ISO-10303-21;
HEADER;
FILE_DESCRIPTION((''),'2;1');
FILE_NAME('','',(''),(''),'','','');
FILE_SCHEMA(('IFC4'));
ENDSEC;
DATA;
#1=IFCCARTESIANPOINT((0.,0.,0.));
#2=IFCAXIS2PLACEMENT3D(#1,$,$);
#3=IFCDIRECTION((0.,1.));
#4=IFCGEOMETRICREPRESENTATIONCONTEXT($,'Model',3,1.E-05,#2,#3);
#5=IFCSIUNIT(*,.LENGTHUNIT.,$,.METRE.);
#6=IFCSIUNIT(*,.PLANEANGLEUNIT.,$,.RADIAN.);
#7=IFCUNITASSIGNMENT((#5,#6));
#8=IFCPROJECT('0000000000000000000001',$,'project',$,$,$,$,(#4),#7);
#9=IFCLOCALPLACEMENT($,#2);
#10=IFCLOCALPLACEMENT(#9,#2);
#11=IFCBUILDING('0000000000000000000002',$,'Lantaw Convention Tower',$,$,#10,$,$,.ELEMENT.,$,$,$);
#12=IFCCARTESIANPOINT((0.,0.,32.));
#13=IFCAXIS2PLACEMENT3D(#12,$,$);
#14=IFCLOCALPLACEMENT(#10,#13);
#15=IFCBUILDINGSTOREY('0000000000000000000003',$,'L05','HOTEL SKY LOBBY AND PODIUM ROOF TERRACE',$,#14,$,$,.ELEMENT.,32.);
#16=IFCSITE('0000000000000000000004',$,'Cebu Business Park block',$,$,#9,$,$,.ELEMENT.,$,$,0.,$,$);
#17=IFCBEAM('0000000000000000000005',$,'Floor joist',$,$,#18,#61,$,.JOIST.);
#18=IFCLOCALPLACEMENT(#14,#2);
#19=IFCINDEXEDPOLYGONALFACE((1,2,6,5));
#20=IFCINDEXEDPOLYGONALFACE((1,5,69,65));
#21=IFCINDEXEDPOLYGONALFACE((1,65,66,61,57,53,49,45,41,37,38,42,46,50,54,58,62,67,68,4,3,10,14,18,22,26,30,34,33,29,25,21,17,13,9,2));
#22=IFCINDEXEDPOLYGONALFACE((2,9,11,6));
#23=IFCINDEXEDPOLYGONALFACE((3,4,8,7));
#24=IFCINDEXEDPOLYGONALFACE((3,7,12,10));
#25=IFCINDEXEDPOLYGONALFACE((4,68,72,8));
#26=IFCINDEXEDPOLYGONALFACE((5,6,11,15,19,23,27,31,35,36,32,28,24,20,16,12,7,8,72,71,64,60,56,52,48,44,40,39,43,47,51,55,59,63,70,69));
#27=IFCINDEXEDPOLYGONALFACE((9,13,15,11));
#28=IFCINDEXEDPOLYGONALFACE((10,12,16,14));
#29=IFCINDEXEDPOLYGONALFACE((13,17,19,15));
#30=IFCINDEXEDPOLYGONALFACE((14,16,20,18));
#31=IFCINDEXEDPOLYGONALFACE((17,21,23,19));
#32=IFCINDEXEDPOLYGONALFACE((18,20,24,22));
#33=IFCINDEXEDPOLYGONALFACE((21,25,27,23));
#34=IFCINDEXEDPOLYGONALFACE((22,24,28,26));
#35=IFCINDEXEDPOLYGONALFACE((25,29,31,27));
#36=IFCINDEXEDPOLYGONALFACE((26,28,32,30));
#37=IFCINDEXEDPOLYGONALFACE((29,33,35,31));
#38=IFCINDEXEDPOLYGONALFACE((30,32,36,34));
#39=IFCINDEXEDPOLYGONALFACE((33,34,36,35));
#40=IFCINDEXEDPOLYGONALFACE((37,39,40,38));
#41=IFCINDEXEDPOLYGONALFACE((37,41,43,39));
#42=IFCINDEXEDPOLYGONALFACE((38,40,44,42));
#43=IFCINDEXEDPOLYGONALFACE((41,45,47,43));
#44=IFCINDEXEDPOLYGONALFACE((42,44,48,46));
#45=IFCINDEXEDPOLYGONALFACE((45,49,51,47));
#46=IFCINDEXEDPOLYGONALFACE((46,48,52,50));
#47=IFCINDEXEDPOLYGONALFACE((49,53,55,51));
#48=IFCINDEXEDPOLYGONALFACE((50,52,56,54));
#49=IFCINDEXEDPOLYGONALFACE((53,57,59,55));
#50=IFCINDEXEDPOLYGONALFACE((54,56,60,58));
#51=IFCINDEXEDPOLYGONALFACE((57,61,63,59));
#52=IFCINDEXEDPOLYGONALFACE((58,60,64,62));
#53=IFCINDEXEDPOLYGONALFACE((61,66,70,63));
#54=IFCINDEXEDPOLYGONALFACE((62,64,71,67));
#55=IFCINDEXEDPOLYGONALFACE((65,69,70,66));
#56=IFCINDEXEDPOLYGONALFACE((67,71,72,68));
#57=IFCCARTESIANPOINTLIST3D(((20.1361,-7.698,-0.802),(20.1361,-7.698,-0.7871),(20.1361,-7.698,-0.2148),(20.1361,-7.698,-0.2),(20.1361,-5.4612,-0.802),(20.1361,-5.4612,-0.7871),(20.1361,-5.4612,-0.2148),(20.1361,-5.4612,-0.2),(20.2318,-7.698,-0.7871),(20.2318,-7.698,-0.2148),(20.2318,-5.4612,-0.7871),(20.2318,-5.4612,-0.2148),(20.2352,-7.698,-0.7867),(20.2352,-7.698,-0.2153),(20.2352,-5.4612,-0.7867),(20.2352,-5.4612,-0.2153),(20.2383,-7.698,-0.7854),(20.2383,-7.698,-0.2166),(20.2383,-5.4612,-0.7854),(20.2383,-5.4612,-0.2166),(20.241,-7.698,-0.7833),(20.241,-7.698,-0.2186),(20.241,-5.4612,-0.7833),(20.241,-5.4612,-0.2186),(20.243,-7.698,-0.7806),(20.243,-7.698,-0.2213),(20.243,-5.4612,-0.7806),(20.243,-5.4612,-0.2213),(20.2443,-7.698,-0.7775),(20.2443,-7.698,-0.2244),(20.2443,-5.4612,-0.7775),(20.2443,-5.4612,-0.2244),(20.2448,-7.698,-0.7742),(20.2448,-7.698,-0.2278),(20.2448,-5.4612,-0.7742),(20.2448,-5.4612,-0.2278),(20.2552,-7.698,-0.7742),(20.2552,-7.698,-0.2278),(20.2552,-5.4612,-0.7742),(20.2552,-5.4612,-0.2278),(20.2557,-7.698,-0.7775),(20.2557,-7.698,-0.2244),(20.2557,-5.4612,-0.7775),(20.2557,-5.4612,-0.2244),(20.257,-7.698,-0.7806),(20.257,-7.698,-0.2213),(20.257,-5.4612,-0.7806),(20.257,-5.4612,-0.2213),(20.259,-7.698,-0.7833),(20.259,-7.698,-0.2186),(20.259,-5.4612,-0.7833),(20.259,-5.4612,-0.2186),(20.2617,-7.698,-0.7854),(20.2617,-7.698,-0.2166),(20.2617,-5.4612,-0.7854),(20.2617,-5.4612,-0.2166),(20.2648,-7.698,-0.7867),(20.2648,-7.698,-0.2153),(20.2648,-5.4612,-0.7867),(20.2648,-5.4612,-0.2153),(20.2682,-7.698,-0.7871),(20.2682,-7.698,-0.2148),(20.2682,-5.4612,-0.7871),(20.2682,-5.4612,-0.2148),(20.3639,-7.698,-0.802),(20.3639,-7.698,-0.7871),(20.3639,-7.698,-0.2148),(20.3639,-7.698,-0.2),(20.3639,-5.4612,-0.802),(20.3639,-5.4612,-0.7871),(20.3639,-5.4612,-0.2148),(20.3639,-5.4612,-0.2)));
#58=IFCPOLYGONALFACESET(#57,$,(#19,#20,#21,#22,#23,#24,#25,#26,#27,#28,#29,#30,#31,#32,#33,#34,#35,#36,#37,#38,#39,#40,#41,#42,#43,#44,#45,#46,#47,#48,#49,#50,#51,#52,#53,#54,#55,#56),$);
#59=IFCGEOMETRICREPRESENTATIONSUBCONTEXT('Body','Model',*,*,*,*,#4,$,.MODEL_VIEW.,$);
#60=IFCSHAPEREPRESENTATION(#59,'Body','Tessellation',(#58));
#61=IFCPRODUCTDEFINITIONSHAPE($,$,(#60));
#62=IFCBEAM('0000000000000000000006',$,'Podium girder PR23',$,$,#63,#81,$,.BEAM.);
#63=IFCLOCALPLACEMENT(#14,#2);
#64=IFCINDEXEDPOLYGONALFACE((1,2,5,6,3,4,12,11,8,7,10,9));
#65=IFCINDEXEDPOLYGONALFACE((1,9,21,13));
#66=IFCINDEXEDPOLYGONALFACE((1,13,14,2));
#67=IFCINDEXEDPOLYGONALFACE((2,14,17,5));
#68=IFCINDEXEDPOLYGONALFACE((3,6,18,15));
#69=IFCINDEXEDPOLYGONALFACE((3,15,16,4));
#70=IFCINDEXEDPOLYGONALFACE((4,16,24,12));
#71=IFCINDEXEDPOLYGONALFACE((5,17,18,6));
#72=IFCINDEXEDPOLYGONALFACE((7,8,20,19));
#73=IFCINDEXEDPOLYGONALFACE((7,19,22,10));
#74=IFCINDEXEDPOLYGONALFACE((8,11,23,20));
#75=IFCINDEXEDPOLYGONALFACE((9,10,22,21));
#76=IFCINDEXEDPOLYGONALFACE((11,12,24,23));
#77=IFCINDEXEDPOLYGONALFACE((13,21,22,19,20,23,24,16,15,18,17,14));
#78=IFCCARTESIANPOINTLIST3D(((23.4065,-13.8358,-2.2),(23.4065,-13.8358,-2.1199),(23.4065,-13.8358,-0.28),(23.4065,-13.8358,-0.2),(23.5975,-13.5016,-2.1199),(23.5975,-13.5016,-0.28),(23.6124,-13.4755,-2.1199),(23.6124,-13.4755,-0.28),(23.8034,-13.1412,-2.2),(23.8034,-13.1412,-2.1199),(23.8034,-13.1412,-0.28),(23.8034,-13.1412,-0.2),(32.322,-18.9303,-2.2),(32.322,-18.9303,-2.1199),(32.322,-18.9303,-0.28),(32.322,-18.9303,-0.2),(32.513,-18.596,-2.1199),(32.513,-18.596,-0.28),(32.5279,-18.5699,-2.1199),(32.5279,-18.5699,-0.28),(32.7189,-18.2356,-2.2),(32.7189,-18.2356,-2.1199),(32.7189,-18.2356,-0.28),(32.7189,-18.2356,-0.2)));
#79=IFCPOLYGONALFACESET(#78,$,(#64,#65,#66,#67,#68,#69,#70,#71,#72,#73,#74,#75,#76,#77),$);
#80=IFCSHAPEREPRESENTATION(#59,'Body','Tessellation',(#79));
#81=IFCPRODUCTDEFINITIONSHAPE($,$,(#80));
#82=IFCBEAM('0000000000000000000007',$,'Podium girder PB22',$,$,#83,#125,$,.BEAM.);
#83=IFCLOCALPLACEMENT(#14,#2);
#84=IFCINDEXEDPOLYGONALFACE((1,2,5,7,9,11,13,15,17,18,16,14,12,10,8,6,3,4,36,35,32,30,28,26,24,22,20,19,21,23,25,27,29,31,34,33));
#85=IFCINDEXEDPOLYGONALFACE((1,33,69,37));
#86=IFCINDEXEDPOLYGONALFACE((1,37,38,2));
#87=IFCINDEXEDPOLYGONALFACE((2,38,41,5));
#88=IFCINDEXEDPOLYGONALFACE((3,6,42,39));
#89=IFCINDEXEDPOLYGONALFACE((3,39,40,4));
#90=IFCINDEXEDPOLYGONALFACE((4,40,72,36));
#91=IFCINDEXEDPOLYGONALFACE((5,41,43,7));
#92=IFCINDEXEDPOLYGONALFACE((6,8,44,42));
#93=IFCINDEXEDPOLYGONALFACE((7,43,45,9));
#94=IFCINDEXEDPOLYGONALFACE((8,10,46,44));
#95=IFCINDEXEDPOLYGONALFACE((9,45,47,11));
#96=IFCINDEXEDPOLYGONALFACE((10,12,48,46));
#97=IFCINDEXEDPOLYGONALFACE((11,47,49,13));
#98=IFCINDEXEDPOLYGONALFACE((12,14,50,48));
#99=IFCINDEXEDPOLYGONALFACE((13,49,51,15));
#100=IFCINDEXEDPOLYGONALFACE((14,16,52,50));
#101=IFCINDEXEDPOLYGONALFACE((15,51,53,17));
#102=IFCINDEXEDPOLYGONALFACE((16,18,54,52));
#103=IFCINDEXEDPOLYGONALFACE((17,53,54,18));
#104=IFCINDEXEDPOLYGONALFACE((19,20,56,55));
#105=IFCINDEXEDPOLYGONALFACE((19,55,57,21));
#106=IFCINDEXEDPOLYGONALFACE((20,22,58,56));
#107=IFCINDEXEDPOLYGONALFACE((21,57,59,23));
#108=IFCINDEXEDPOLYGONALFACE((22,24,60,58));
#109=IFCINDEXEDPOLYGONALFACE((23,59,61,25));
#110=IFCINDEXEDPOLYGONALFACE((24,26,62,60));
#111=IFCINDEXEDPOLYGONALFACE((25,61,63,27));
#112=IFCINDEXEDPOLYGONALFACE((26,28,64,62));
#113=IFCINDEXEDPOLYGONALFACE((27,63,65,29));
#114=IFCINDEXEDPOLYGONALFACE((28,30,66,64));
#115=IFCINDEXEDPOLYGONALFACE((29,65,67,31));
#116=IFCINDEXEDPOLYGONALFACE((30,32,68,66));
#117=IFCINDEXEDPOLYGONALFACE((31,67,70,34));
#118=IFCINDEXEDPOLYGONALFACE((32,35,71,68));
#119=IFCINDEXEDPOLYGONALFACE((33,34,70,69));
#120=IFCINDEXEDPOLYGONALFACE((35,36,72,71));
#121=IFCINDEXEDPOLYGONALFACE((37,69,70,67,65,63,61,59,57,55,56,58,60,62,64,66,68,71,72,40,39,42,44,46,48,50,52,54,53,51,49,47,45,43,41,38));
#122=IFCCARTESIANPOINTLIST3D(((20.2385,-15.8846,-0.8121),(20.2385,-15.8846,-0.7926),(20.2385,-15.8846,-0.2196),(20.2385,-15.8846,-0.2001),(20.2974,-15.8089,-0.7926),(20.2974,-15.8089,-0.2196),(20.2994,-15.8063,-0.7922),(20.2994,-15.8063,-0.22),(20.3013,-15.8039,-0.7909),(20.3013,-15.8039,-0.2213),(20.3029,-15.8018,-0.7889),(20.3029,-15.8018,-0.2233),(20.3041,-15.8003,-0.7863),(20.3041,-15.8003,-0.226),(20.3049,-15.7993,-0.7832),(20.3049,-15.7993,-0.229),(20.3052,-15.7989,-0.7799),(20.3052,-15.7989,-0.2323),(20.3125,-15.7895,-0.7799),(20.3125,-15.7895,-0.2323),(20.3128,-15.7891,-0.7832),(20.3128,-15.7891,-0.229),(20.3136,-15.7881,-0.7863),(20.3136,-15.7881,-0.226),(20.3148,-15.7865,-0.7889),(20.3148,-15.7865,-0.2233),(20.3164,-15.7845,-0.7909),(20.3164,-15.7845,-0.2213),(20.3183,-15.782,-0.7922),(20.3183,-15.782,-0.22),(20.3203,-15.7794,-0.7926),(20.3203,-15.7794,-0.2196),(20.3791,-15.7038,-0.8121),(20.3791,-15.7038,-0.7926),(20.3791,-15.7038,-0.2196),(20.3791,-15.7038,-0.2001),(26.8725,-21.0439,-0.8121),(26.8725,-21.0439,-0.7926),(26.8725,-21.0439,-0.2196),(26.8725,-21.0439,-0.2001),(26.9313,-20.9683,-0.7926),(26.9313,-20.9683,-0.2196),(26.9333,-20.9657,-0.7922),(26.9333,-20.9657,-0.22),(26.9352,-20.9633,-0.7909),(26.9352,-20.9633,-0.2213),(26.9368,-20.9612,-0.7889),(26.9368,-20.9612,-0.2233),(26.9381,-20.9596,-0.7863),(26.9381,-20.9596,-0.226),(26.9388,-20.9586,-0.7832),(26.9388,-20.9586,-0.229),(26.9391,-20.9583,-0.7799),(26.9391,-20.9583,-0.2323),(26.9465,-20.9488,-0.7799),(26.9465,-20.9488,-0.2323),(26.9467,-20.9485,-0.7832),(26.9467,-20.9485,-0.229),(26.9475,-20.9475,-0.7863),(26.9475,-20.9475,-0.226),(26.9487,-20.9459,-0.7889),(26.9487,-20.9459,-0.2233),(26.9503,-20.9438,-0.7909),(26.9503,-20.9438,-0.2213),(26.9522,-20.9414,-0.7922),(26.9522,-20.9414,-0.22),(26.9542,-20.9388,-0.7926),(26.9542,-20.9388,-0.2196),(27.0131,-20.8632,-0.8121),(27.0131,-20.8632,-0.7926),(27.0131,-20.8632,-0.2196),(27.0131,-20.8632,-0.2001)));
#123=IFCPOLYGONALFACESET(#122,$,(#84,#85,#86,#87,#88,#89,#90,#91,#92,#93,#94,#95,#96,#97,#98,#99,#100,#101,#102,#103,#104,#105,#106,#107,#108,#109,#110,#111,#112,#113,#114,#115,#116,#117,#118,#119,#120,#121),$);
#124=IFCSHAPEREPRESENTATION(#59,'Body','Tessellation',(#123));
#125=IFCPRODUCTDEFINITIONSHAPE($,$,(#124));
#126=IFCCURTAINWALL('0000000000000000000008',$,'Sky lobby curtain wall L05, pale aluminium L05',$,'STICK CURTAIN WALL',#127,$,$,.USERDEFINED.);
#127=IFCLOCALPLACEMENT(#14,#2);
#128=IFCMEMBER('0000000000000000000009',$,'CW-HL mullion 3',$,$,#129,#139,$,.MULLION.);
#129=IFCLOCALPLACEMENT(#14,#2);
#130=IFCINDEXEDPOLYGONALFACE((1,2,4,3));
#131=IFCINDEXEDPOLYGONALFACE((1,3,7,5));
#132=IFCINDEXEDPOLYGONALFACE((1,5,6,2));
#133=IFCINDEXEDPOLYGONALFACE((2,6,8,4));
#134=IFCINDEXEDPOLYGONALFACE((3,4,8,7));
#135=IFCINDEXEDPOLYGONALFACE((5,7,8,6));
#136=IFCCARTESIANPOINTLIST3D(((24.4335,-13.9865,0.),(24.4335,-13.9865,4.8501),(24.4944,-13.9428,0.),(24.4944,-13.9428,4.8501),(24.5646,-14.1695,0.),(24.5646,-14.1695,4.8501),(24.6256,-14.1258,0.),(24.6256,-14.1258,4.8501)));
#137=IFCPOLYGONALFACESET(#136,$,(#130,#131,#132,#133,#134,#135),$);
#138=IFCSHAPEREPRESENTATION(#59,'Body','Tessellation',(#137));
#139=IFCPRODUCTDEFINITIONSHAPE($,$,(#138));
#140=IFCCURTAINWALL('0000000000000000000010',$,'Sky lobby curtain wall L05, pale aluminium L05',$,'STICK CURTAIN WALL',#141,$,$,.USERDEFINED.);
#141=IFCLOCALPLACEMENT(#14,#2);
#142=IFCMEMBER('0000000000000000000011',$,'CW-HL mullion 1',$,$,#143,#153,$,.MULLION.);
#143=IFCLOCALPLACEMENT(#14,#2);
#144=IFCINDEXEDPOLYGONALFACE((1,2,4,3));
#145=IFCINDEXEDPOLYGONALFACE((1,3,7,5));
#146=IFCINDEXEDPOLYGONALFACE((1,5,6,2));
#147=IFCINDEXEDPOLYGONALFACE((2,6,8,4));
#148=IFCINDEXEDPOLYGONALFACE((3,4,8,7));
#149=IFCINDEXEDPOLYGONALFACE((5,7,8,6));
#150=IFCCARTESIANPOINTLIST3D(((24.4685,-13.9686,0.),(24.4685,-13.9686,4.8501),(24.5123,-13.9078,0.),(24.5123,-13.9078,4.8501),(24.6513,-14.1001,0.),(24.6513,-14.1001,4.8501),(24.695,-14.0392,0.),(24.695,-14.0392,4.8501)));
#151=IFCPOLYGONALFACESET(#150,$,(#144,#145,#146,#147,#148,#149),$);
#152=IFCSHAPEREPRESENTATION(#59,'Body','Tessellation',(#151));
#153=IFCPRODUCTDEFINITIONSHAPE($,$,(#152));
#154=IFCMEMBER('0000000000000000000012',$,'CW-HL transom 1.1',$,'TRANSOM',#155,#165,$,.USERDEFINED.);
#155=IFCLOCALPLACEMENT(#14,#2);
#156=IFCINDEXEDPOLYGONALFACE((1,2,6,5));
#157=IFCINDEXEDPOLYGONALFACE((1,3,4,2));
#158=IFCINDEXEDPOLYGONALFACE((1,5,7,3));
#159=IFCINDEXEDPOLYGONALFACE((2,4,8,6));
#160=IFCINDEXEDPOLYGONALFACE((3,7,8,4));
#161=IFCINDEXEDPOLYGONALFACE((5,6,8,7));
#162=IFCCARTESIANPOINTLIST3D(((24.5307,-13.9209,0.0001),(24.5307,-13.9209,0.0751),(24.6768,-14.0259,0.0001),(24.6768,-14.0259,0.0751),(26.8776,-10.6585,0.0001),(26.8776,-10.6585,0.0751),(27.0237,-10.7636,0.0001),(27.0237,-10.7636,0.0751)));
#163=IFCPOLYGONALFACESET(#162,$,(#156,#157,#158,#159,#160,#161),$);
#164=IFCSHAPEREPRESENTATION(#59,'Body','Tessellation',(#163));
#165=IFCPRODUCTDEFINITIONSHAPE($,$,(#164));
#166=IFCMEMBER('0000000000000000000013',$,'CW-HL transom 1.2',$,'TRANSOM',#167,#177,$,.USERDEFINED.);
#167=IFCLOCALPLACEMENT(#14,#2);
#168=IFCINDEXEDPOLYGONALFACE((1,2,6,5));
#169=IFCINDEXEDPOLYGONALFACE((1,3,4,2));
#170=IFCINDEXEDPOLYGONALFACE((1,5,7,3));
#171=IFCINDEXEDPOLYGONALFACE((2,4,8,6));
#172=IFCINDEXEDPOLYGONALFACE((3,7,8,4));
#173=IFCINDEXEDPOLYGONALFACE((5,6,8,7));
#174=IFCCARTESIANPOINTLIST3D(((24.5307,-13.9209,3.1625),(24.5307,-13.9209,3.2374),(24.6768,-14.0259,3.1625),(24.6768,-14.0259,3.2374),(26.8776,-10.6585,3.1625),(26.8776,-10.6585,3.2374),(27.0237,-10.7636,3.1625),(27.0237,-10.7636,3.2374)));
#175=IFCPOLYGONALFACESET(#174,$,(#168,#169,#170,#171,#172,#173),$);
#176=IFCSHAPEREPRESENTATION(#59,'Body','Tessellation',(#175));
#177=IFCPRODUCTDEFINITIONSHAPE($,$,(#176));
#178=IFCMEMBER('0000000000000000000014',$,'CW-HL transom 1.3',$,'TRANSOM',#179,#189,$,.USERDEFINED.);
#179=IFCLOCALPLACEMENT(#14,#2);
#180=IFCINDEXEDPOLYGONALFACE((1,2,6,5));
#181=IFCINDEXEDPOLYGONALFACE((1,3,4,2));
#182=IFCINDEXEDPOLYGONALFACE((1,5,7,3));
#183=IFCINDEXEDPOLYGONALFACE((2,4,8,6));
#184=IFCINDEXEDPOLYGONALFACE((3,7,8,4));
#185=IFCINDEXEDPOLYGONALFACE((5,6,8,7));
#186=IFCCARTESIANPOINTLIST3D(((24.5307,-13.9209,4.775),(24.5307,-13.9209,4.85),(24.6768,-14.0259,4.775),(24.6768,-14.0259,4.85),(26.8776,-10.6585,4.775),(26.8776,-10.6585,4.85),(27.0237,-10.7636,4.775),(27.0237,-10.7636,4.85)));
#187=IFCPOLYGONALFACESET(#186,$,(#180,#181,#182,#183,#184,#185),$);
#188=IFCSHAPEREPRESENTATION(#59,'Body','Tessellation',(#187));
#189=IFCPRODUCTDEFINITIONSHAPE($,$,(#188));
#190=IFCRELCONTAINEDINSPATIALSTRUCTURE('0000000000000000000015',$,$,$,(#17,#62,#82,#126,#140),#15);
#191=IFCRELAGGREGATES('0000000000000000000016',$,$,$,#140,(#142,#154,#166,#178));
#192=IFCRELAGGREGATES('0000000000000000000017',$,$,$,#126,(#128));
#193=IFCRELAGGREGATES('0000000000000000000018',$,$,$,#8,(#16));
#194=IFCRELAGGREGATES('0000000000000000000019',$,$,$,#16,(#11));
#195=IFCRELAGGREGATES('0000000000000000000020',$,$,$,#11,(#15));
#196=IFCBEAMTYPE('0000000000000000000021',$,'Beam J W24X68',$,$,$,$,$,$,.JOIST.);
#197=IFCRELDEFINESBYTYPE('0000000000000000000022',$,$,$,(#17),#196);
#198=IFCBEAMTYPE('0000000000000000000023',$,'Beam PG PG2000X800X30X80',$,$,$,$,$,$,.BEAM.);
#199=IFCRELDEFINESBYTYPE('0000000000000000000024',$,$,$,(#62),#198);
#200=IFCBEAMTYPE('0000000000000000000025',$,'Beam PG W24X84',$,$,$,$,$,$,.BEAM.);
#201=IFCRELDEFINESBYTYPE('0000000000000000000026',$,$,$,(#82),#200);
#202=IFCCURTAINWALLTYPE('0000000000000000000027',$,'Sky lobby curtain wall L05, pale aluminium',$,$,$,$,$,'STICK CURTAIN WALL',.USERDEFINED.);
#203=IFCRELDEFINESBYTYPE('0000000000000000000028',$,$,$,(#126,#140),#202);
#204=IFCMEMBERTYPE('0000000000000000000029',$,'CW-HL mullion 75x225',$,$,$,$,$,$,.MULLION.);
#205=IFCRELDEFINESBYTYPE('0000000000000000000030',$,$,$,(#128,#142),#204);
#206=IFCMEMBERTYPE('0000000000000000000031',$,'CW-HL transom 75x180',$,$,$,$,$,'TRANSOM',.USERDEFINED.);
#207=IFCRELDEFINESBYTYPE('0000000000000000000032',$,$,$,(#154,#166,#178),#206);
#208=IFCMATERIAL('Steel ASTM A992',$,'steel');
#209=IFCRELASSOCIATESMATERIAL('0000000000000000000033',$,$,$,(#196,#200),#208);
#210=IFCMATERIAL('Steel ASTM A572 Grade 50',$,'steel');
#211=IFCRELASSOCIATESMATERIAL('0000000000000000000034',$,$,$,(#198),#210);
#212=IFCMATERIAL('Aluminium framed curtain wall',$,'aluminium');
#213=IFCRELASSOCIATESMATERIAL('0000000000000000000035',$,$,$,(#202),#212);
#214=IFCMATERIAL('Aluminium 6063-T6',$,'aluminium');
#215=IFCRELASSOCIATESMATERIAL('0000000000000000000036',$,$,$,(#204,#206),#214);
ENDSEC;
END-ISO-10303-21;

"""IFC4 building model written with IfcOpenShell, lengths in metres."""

from ifc_helpers import new_model, si_unit, direction, frame, origin, origin_2d, place, context, subcontext, project, spatial, rectangle, i_section, extrude, material, material_profile, profile_set, type_object, element, aggregate, save


model = new_model("IFC4")

# Units and contexts
model_context = context("Model", 3, precision=1e-05, world=origin(), true_north=direction((0.0, 1.0)))
body_context = subcontext(model_context, "Body", "Model", "MODEL_VIEW")
ifc_project = project(units=[si_unit("LENGTHUNIT", "METRE"), si_unit("PLANEANGLEUNIT", "RADIAN")], contexts=[model_context])

# Site, building, storey
site_placement = place(None, origin())
site = spatial("IfcSite", under=ifc_project, at=site_placement, Name="Cebu Business Park block", CompositionType="ELEMENT", RefElevation=0.0)
building_placement = place(site_placement, origin())
building = spatial("IfcBuilding", under=site, at=building_placement, Name="Lantaw Convention Tower", CompositionType="ELEMENT")
storey_placement = place(building_placement, frame((0.0, 0.0, 32.0)))
storey = spatial("IfcBuildingStorey", under=building, at=storey_placement, Name="L05", Description="HOTEL SKY LOBBY AND PODIUM ROOF TERRACE", CompositionType="ELEMENT", Elevation=32.0)

# Beams
ifc_material_1 = material(Name="Steel ASTM A572 Grade 50", Category="steel")
ifc_material_2 = material(Name="Steel ASTM A992", Category="steel")
ifc_material_profile_1 = material_profile(ifc_material_2, i_section(OverallWidth=0.2278, OverallDepth=0.6021, WebThickness=0.0105, FlangeThickness=0.0149, FilletRadius=0.0129, at=origin_2d()), Name="W24X68")
ifc_profile_set_1 = profile_set([ifc_material_profile_1], Name="Steel ASTM A992")
beam_type_1 = type_object("IfcBeamType", Name="Beam J W24X68", PredefinedType="JOIST", material=ifc_profile_set_1)
beam_1_placement = place(storey_placement, frame((20.25, -7.698, -0.501), z_axis=(0.0, 1.0, 0.0), x_axis=(-1.0, 0.0, 0.0)))
element("IfcBeam", 1, at=beam_1_placement, inside=storey, type_object=beam_type_1, Name="Floor joist", PredefinedType="JOIST", context=body_context, shape_type="SweptSolid", body=[
    extrude(i_section(OverallWidth=0.2278, OverallDepth=0.6021, WebThickness=0.0105, FlangeThickness=0.0149, FilletRadius=0.0129, at=origin_2d()), origin(), (0.0, 0.0, 1.0), 2.2368),
])
ifc_material_profile_2 = material_profile(ifc_material_1, i_section(OverallWidth=0.8, OverallDepth=2.0, WebThickness=0.03, FlangeThickness=0.0801, at=origin_2d()), Name="PG2000X800X30X80")
ifc_profile_set_2 = profile_set([ifc_material_profile_2], Name="Steel ASTM A572 Grade 50")
beam_type_2 = type_object("IfcBeamType", Name="Beam PG PG2000X800X30X80", PredefinedType="BEAM", material=ifc_profile_set_2)
beam_2_placement = place(storey_placement, frame((23.605, -13.4885, -1.2), z_axis=(0.868248, -0.496131, 0.0), x_axis=(0.496131, 0.868248, 0.0)))
element("IfcBeam", 2, at=beam_2_placement, inside=storey, type_object=beam_type_2, Name="Podium girder PR23", PredefinedType="BEAM", context=body_context, shape_type="SweptSolid", body=[
    extrude(i_section(OverallWidth=0.8, OverallDepth=2.0, WebThickness=0.03, FlangeThickness=0.0801, at=origin_2d()), origin(), (0.0, 0.0, 1.0), 10.2683),
])
ifc_material_profile_3 = material_profile(ifc_material_2, i_section(OverallWidth=0.229, OverallDepth=0.6121, WebThickness=0.012, FlangeThickness=0.0195, FilletRadius=0.0127, at=origin_2d()), Name="W24X84")
ifc_profile_set_3 = profile_set([ifc_material_profile_3], Name="Steel ASTM A992")
beam_type_3 = type_object("IfcBeamType", Name="Beam PG W24X84", PredefinedType="BEAM", material=ifc_profile_set_3)
beam_3_placement = place(storey_placement, frame((20.3088, -15.7942, -0.5061), z_axis=(0.789374, -0.613912, 0.0), x_axis=(0.613912, 0.789374, 0.0)))
element("IfcBeam", 3, at=beam_3_placement, inside=storey, type_object=beam_type_3, Name="Podium girder PB22", PredefinedType="BEAM", context=body_context, shape_type="SweptSolid", body=[
    extrude(i_section(OverallWidth=0.229, OverallDepth=0.6121, WebThickness=0.012, FlangeThickness=0.0195, FilletRadius=0.0127, at=origin_2d()), origin(), (0.0, 0.0, 1.0), 8.4041),
])

# Curtain wall, member
ifc_material_3 = material(Name="Aluminium framed curtain wall", Category="aluminium")
curtain_wall_type = type_object("IfcCurtainWallType", Name="Sky lobby curtain wall L05, pale aluminium", ElementType="STICK CURTAIN WALL", PredefinedType="USERDEFINED", material=ifc_material_3)
curtain_wall_1_placement = place(storey_placement, origin())
curtain_wall_1 = element("IfcCurtainWall", 4, at=curtain_wall_1_placement, inside=storey, type_object=curtain_wall_type, Name="Sky lobby curtain wall L05, pale aluminium L05", ObjectType="STICK CURTAIN WALL", PredefinedType="USERDEFINED")
ifc_material_4 = material(Name="Aluminium 6063-T6", Category="aluminium")
ifc_material_profile_4 = material_profile(ifc_material_4, rectangle(XDim=0.2251, YDim=0.075, at=origin_2d()), Name="CW-HL mullion 75x225")
ifc_profile_set_4 = profile_set([ifc_material_profile_4], Name="Aluminium 6063-T6")
member_type_1 = type_object("IfcMemberType", Name="CW-HL mullion 75x225", PredefinedType="MULLION", material=ifc_profile_set_4)
member_1_placement = place(storey_placement, frame((24.5295, -14.0562, 0.0), z_axis=(0.0, 0.0, 1.0), x_axis=(-0.582538, 0.812804, 0.0)))
member_1 = element("IfcMember", 5, at=member_1_placement, type_object=member_type_1, Name="CW-HL mullion 3", PredefinedType="MULLION", context=body_context, shape_type="SweptSolid", body=[
    extrude(rectangle(XDim=0.2251, YDim=0.075, at=origin_2d()), origin(), (0.0, 0.0, 1.0), 4.8501),
])

# Curtain wall, members
curtain_wall_2_placement = place(storey_placement, origin())
curtain_wall_2 = element("IfcCurtainWall", 6, at=curtain_wall_2_placement, inside=storey, type_object=curtain_wall_type, Name="Sky lobby curtain wall L05, pale aluminium L05", ObjectType="STICK CURTAIN WALL", PredefinedType="USERDEFINED")
member_2_placement = place(storey_placement, frame((24.5818, -14.0039, 0.0), z_axis=(0.0, 0.0, 1.0), x_axis=(-0.811789, 0.583951, 0.0)))
member_2 = element("IfcMember", 7, at=member_2_placement, type_object=member_type_1, Name="CW-HL mullion 1", PredefinedType="MULLION", context=body_context, shape_type="SweptSolid", body=[
    extrude(rectangle(XDim=0.2251, YDim=0.075, at=origin_2d()), origin(), (0.0, 0.0, 1.0), 4.8501),
])
ifc_material_profile_5 = material_profile(ifc_material_4, rectangle(XDim=0.1799, YDim=0.075, at=origin_2d()), Name="CW-HL transom 75x180")
ifc_profile_set_5 = profile_set([ifc_material_profile_5], Name="Aluminium 6063-T6")
member_type_2 = type_object("IfcMemberType", Name="CW-HL transom 75x180", ElementType="TRANSOM", PredefinedType="USERDEFINED", material=ifc_profile_set_5)
member_3_placement = place(storey_placement, frame((24.6038, -13.9734, 0.0376), z_axis=(0.58397, 0.811775, 0.0), x_axis=(-0.811775, 0.58397, 0.0)))
member_3 = element("IfcMember", 8, at=member_3_placement, type_object=member_type_2, Name="CW-HL transom 1.1", ObjectType="TRANSOM", PredefinedType="USERDEFINED", context=body_context, shape_type="SweptSolid", body=[
    extrude(rectangle(XDim=0.1799, YDim=0.075, at=origin_2d()), origin(), (0.0, 0.0, 1.0), 4.0188),
])
member_4_placement = place(storey_placement, frame((24.6038, -13.9734, 3.2), z_axis=(0.58397, 0.811775, 0.0), x_axis=(-0.811775, 0.58397, 0.0)))
member_4 = element("IfcMember", 9, at=member_4_placement, type_object=member_type_2, Name="CW-HL transom 1.2", ObjectType="TRANSOM", PredefinedType="USERDEFINED", context=body_context, shape_type="SweptSolid", body=[
    extrude(rectangle(XDim=0.1799, YDim=0.075, at=origin_2d()), origin(), (0.0, 0.0, 1.0), 4.0188),
])
member_5_placement = place(storey_placement, frame((24.6038, -13.9734, 4.8125), z_axis=(0.58397, 0.811775, 0.0), x_axis=(-0.811775, 0.58397, 0.0)))
member_5 = element("IfcMember", 10, at=member_5_placement, type_object=member_type_2, Name="CW-HL transom 1.3", ObjectType="TRANSOM", PredefinedType="USERDEFINED", context=body_context, shape_type="SweptSolid", body=[
    extrude(rectangle(XDim=0.1799, YDim=0.075, at=origin_2d()), origin(), (0.0, 0.0, 1.0), 4.0188),
])
aggregate(curtain_wall_2, [member_2, member_3, member_4, member_5])

aggregate(curtain_wall_1, [member_1])

save(model, "model.ifc")
